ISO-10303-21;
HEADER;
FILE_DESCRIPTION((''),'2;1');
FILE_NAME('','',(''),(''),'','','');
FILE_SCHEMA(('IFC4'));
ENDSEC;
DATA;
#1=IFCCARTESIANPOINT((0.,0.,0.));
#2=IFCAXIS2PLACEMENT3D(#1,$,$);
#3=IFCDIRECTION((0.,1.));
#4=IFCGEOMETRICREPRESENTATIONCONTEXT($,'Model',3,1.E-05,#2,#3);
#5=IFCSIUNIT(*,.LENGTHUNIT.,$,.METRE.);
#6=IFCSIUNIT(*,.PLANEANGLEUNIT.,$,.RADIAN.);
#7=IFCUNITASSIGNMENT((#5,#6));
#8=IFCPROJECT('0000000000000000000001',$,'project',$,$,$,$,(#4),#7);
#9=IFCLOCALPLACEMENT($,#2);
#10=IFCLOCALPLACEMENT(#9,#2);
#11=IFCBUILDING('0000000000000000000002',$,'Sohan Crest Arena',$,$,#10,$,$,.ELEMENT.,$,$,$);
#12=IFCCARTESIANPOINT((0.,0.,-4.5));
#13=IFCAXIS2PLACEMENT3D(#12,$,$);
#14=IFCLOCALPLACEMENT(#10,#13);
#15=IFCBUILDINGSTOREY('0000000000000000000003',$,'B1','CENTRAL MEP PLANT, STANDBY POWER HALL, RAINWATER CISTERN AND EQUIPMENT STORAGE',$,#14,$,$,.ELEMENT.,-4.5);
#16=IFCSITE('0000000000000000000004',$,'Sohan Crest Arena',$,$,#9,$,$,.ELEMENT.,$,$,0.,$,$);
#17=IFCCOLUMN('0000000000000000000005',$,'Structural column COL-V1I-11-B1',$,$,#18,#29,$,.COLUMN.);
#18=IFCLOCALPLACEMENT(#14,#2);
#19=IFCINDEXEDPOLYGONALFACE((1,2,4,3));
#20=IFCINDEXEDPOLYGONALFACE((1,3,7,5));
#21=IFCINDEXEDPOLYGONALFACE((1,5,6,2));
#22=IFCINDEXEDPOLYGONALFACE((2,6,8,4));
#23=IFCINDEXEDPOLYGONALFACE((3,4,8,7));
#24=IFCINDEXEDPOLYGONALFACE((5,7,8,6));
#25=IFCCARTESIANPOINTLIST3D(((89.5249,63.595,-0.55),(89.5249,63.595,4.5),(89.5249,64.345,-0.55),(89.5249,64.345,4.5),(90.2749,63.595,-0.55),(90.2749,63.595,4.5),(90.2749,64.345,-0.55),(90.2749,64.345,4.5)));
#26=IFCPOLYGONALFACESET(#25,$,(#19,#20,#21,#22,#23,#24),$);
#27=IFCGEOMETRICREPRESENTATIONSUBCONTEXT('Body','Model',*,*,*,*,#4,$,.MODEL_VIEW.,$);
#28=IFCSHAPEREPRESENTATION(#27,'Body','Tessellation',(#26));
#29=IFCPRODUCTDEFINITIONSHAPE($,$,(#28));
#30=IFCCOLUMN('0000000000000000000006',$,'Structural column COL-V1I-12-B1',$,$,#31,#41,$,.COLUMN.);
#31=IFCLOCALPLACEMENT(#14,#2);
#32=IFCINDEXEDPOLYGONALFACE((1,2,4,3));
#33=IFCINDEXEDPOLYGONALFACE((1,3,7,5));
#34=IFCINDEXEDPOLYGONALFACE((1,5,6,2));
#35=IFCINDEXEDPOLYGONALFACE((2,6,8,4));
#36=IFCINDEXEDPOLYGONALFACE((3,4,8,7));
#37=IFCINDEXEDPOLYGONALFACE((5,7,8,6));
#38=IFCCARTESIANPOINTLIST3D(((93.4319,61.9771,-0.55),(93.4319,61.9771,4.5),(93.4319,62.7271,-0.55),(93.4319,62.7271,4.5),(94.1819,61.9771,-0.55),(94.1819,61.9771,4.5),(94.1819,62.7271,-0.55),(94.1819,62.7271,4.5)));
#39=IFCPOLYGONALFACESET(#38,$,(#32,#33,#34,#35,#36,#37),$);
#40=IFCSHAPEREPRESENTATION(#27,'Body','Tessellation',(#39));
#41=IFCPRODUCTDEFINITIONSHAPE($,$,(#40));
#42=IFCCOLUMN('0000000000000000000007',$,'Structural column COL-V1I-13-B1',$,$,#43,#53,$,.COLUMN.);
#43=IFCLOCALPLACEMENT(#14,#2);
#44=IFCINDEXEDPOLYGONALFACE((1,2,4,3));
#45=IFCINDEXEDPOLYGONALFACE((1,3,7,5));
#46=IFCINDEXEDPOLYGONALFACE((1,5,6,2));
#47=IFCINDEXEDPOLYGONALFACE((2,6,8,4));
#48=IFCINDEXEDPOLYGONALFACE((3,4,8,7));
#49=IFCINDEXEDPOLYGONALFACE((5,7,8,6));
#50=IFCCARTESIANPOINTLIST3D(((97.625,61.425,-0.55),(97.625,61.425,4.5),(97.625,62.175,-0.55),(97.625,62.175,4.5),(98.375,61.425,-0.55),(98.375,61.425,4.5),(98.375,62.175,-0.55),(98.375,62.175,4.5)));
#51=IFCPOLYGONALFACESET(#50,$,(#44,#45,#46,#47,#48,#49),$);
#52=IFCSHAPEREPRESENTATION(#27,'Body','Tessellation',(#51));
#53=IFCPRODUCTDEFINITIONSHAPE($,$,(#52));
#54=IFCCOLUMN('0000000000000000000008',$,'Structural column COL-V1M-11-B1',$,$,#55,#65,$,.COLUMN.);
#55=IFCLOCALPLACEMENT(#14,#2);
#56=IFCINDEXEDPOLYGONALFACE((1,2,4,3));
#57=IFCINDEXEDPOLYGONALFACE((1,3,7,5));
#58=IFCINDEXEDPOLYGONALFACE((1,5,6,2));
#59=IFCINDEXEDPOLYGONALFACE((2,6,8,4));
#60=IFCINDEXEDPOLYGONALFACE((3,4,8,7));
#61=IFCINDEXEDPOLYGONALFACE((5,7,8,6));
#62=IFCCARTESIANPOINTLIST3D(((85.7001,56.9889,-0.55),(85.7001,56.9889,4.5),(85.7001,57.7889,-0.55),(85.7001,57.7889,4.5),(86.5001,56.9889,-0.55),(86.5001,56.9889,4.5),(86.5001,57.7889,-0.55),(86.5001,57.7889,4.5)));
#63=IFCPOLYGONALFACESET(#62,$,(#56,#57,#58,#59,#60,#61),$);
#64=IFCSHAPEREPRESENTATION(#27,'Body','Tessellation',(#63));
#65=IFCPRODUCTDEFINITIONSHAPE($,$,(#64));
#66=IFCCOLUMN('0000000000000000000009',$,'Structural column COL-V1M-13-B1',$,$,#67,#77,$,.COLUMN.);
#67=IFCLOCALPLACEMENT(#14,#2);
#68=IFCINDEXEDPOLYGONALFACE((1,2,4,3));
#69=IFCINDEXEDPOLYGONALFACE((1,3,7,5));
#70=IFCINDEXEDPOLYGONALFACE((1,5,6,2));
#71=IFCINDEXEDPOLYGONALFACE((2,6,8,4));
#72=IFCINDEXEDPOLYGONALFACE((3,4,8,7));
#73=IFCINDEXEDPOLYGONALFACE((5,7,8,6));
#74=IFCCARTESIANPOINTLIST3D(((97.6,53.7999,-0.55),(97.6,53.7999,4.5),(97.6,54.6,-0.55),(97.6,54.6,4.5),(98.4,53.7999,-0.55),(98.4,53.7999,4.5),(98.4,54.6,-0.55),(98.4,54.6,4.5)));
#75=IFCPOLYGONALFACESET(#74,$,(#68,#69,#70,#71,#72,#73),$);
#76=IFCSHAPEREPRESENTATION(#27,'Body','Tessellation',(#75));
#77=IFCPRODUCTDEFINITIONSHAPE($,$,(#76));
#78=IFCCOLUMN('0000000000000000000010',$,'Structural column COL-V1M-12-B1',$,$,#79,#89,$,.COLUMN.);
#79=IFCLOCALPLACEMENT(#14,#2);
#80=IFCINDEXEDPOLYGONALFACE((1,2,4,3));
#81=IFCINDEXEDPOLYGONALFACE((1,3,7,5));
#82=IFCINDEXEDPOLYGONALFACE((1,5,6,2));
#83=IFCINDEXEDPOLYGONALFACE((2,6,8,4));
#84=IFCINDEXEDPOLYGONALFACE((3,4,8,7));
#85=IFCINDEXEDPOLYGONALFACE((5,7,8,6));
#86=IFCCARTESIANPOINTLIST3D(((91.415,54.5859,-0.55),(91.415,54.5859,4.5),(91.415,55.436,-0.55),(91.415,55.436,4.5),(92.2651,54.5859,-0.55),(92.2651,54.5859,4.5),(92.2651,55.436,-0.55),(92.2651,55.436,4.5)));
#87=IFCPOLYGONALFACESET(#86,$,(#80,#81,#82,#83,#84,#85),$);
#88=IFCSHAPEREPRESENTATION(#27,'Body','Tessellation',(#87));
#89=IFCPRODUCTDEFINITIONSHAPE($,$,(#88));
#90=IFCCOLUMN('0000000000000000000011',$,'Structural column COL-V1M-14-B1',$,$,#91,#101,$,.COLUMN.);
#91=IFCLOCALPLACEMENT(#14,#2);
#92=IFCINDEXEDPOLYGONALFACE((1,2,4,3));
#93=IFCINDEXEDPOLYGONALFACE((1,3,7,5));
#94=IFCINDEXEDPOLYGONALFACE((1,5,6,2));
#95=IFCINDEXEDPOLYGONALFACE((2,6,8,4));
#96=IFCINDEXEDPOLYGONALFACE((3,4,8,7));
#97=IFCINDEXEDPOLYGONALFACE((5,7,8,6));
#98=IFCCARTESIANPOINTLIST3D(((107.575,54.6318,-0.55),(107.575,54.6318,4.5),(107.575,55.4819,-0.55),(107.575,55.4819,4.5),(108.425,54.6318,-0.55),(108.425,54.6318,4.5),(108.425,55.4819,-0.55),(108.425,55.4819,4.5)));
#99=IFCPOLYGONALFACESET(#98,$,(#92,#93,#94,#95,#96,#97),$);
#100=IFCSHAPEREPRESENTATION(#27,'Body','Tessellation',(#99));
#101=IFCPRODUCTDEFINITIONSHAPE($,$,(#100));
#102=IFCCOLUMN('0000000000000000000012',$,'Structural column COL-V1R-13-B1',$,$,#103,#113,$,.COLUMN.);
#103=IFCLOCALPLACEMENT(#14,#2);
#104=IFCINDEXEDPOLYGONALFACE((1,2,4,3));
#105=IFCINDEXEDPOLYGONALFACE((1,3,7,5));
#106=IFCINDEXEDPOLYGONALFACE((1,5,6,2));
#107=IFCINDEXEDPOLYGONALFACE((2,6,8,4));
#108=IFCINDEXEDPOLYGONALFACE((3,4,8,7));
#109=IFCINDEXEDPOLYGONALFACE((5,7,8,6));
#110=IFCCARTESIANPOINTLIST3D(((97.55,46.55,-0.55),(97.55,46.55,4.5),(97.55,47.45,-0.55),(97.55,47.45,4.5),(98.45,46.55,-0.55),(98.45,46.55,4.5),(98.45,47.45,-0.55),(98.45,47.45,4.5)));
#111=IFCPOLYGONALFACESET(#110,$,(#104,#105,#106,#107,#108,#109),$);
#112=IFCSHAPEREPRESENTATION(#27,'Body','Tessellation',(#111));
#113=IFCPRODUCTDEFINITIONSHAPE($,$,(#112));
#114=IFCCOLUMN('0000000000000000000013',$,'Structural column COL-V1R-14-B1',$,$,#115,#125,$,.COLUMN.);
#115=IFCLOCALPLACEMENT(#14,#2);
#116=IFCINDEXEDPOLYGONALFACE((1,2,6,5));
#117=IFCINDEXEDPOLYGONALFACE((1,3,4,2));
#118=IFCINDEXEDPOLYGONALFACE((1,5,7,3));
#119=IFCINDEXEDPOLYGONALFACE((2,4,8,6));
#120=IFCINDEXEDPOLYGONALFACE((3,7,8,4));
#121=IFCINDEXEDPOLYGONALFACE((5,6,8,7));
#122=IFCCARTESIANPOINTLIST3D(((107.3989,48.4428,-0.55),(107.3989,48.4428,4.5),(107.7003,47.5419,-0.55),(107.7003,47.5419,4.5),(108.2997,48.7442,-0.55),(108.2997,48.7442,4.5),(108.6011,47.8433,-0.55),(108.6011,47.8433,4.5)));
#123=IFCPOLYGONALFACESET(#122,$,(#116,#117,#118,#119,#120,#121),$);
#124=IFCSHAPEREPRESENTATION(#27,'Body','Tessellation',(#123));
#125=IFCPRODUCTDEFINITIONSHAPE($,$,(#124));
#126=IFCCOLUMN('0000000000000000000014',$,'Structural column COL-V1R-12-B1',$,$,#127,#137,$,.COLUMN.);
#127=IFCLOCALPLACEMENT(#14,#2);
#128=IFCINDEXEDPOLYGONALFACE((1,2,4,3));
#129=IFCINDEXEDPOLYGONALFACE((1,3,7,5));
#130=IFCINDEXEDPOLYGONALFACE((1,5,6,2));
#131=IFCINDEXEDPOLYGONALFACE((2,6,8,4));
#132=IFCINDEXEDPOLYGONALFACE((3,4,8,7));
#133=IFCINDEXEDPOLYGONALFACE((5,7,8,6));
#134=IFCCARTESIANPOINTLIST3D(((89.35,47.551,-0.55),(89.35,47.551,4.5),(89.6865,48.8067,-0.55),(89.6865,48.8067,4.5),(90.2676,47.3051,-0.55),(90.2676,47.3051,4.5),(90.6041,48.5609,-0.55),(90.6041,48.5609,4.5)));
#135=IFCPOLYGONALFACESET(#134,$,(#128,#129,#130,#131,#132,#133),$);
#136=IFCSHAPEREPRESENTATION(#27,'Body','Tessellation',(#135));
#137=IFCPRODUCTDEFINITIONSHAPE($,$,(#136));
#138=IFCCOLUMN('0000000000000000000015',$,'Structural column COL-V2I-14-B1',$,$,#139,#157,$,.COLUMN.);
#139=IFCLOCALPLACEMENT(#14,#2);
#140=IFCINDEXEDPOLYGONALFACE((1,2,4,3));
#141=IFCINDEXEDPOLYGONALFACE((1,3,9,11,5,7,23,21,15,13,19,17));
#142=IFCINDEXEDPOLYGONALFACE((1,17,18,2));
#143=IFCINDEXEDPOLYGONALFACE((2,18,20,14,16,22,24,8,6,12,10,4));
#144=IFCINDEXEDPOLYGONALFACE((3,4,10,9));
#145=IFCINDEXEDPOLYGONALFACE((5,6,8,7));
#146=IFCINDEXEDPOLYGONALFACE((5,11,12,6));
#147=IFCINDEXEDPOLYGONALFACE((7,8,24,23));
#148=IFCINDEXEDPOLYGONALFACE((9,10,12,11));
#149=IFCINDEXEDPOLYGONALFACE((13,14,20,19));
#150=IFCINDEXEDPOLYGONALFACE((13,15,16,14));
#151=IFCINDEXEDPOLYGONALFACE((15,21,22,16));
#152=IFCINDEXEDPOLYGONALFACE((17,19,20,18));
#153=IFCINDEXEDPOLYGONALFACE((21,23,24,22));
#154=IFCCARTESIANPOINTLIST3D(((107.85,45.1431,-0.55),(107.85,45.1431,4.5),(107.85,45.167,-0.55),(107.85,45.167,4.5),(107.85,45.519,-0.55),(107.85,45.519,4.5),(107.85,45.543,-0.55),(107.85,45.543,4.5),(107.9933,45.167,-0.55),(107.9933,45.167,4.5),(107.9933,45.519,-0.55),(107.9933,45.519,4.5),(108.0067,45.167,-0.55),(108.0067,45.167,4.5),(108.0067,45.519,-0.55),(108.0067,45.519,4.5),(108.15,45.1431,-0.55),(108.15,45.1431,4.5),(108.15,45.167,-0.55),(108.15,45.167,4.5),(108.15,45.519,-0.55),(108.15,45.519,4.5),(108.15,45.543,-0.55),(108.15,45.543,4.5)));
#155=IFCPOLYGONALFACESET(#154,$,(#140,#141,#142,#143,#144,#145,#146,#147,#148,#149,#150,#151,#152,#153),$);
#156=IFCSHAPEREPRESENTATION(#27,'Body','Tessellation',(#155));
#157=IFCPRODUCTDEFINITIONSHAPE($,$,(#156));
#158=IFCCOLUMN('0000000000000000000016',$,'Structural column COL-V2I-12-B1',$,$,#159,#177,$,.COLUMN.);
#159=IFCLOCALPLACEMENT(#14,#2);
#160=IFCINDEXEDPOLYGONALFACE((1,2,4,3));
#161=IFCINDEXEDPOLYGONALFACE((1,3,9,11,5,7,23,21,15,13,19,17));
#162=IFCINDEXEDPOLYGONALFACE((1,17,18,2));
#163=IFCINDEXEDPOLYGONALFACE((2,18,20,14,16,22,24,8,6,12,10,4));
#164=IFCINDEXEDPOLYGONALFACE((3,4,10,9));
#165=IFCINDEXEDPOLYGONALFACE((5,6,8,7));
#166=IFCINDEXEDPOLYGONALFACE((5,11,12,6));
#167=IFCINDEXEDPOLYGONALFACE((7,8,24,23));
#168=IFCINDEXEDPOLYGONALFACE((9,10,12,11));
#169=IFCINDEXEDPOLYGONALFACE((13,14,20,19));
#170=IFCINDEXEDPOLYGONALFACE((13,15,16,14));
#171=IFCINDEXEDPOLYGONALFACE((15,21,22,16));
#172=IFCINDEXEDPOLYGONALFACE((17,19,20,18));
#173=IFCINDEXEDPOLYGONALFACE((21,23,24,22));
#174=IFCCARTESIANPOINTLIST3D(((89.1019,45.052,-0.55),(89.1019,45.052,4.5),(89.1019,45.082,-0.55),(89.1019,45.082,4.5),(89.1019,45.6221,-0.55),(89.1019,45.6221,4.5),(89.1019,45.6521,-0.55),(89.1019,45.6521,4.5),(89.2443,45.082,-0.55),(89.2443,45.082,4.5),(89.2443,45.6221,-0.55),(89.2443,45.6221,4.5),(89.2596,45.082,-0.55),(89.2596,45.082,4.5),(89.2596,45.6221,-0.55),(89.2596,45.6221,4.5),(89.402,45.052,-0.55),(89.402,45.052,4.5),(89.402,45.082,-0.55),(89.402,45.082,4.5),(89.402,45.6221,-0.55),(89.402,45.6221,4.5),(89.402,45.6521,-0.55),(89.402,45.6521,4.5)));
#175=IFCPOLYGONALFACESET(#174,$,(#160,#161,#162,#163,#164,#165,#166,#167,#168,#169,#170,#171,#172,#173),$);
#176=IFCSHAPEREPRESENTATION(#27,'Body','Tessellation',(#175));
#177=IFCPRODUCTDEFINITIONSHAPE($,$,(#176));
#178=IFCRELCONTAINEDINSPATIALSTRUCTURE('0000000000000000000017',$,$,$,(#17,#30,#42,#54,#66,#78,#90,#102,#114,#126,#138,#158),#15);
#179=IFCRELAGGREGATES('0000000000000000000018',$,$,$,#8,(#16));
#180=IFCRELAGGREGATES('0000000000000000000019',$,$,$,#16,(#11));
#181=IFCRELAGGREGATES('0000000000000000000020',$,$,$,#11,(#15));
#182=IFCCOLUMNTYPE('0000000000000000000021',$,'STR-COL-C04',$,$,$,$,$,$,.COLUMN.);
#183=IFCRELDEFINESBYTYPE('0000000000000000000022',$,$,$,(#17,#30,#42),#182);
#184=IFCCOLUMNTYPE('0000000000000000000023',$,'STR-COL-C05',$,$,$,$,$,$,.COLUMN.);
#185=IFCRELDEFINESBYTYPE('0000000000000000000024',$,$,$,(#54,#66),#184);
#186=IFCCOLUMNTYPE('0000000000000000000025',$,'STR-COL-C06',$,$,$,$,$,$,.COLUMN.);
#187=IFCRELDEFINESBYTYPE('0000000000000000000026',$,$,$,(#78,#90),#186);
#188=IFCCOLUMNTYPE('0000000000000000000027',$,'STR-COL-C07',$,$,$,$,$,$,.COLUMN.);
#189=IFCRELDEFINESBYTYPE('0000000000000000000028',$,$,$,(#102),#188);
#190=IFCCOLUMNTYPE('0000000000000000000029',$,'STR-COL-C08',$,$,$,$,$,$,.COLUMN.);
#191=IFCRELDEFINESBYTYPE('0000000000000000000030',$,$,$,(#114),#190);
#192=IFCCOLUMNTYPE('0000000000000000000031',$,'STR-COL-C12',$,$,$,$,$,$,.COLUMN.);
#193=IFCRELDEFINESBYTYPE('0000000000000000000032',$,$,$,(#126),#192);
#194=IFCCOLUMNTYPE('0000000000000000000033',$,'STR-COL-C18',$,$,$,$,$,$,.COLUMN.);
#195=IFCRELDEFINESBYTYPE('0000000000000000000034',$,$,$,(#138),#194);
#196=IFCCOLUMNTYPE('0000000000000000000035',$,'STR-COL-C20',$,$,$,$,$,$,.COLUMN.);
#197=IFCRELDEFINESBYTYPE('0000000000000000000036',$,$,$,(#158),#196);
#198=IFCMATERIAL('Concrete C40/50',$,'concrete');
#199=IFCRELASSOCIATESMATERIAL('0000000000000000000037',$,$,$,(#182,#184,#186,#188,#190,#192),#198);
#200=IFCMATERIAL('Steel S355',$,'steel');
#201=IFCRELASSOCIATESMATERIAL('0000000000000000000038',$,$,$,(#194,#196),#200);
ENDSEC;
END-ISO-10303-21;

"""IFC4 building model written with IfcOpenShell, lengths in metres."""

from ifc_helpers import new_model, si_unit, direction, frame, origin, origin_2d, place, context, subcontext, project, spatial, rectangle, i_section, extrude, material, material_profile, profile_set, type_object, element, save


model = new_model("IFC4")

# Units and contexts
model_context = context("Model", 3, precision=1e-05, world=origin(), true_north=direction((0.0, 1.0)))
body_context = subcontext(model_context, "Body", "Model", "MODEL_VIEW")
ifc_project = project(units=[si_unit("LENGTHUNIT", "METRE"), si_unit("PLANEANGLEUNIT", "RADIAN")], contexts=[model_context])

# Site, building, storey
site_placement = place(None, origin())
site = spatial("IfcSite", under=ifc_project, at=site_placement, Name="Sohan Crest Arena", CompositionType="ELEMENT", RefElevation=0.0)
building_placement = place(site_placement, origin())
building = spatial("IfcBuilding", under=site, at=building_placement, Name="Sohan Crest Arena", CompositionType="ELEMENT")
storey_placement = place(building_placement, frame((0.0, 0.0, -4.5)))
storey = spatial("IfcBuildingStorey", under=building, at=storey_placement, Name="B1", Description="CENTRAL MEP PLANT, STANDBY POWER HALL, RAINWATER CISTERN AND EQUIPMENT STORAGE", CompositionType="ELEMENT", Elevation=-4.5)

# Shared definitions
ifc_material_1 = material(Name="Concrete C40/50", Category="concrete")

# Columns
ifc_material_profile_1 = material_profile(ifc_material_1, rectangle(XDim=0.75, YDim=0.75, at=origin_2d()), Name="RC 750x750")
ifc_profile_set_1 = profile_set([ifc_material_profile_1], Name="Concrete C40/50")
column_type_1 = type_object("IfcColumnType", Name="STR-COL-C04", PredefinedType="COLUMN", material=ifc_profile_set_1)
for number, where, z_axis, x_axis, name in (
    (1, (89.8999, 63.97, -0.55), (0.0, 0.0, 1.0), (1.0, 0.0, 0.0), "Structural column COL-V1I-11-B1"),
    (2, (93.8069, 62.3521, -0.55), (0.0, 0.0, 1.0), (1.0, 0.0, 0.0), "Structural column COL-V1I-12-B1"),
    (3, (98.0, 61.8, -0.55), (0.0, 0.0, 1.0), (1.0, 0.0, 0.0), "Structural column COL-V1I-13-B1"),
):
    element("IfcColumn", number, at=place(storey_placement, frame(where, z_axis=z_axis, x_axis=x_axis)), inside=storey, type_object=column_type_1, Name=name, PredefinedType="COLUMN", context=body_context, shape_type="SweptSolid", body=[
        extrude(rectangle(XDim=0.75, YDim=0.75, at=origin_2d()), origin(), (0.0, 0.0, 1.0), 5.05),
    ])
ifc_material_profile_2 = material_profile(ifc_material_1, rectangle(XDim=0.8, YDim=0.8, at=origin_2d()), Name="RC 800x800")
ifc_profile_set_2 = profile_set([ifc_material_profile_2], Name="Concrete C40/50")
column_type_2 = type_object("IfcColumnType", Name="STR-COL-C05", PredefinedType="COLUMN", material=ifc_profile_set_2)
for number, where, z_axis, x_axis, name in (
    (4, (86.1001, 57.3889, -0.55), (0.0, 0.0, 1.0), (1.0, 0.0, 0.0), "Structural column COL-V1M-11-B1"),
    (5, (98.0, 54.2, -0.55), (0.0, 0.0, 1.0), (1.0, 0.0, 0.0), "Structural column COL-V1M-13-B1"),
):
    element("IfcColumn", number, at=place(storey_placement, frame(where, z_axis=z_axis, x_axis=x_axis)), inside=storey, type_object=column_type_2, Name=name, PredefinedType="COLUMN", context=body_context, shape_type="SweptSolid", body=[
        extrude(rectangle(XDim=0.8, YDim=0.8, at=origin_2d()), origin(), (0.0, 0.0, 1.0), 5.05),
    ])
ifc_material_profile_3 = material_profile(ifc_material_1, rectangle(XDim=0.8501, YDim=0.8501, at=origin_2d()), Name="RC 850x850")
ifc_profile_set_3 = profile_set([ifc_material_profile_3], Name="Concrete C40/50")
column_type_3 = type_object("IfcColumnType", Name="STR-COL-C06", PredefinedType="COLUMN", material=ifc_profile_set_3)
for number, where, z_axis, x_axis, name in (
    (6, (91.8401, 55.011, -0.55), (0.0, 0.0, 1.0), (1.0, 0.0, 0.0), "Structural column COL-V1M-12-B1"),
    (7, (108.0, 55.0569, -0.55), (0.0, 0.0, 1.0), (1.0, 0.0, 0.0), "Structural column COL-V1M-14-B1"),
):
    element("IfcColumn", number, at=place(storey_placement, frame(where, z_axis=z_axis, x_axis=x_axis)), inside=storey, type_object=column_type_3, Name=name, PredefinedType="COLUMN", context=body_context, shape_type="SweptSolid", body=[
        extrude(rectangle(XDim=0.8501, YDim=0.8501, at=origin_2d()), origin(), (0.0, 0.0, 1.0), 5.05),
    ])
ifc_material_profile_4 = material_profile(ifc_material_1, rectangle(XDim=0.8999, YDim=0.8999, at=origin_2d()), Name="RC 900x900")
ifc_profile_set_4 = profile_set([ifc_material_profile_4], Name="Concrete C40/50")
column_type_4 = type_object("IfcColumnType", Name="STR-COL-C07", PredefinedType="COLUMN", material=ifc_profile_set_4)
column_1_placement = place(storey_placement, frame((98.0, 47.0, -0.55), z_axis=(0.0, 0.0, 1.0), x_axis=(0.0, 1.0, 0.0)))
element("IfcColumn", 8, at=column_1_placement, inside=storey, type_object=column_type_4, Name="Structural column COL-V1R-13-B1", PredefinedType="COLUMN", context=body_context, shape_type="SweptSolid", body=[
    extrude(rectangle(XDim=0.8999, YDim=0.8999, at=origin_2d()), origin(), (0.0, 0.0, 1.0), 5.05),
])
ifc_material_profile_5 = material_profile(ifc_material_1, rectangle(XDim=0.95, YDim=0.95, at=origin_2d()), Name="RC 950x950")
ifc_profile_set_5 = profile_set([ifc_material_profile_5], Name="Concrete C40/50")
column_type_5 = type_object("IfcColumnType", Name="STR-COL-C08", PredefinedType="COLUMN", material=ifc_profile_set_5)
column_2_placement = place(storey_placement, frame((108.0, 48.1431, -0.55), z_axis=(0.0, 0.0, 1.0), x_axis=(-0.317305, 0.948324, 0.0)))
element("IfcColumn", 9, at=column_2_placement, inside=storey, type_object=column_type_5, Name="Structural column COL-V1R-14-B1", PredefinedType="COLUMN", context=body_context, shape_type="SweptSolid", body=[
    extrude(rectangle(XDim=0.95, YDim=0.95, at=origin_2d()), origin(), (0.0, 0.0, 1.0), 5.05),
])
ifc_material_profile_6 = material_profile(ifc_material_1, rectangle(XDim=1.3, YDim=0.95, at=origin_2d()), Name="RC 1300x950")
ifc_profile_set_6 = profile_set([ifc_material_profile_6], Name="Concrete C40/50")
column_type_6 = type_object("IfcColumnType", Name="STR-COL-C12", PredefinedType="COLUMN", material=ifc_profile_set_6)
column_3_placement = place(storey_placement, frame((89.9771, 48.0559, -0.55), z_axis=(0.0, 0.0, 1.0), x_axis=(0.258819, 0.965926, 0.0)))
element("IfcColumn", 10, at=column_3_placement, inside=storey, type_object=column_type_6, Name="Structural column COL-V1R-12-B1", PredefinedType="COLUMN", context=body_context, shape_type="SweptSolid", body=[
    extrude(rectangle(XDim=1.3, YDim=0.95, at=origin_2d()), origin(), (0.0, 0.0, 1.0), 5.05),
])
ifc_material_2 = material(Name="Steel S355", Category="steel")
ifc_material_profile_7 = material_profile(ifc_material_2, i_section(OverallWidth=0.3, OverallDepth=0.3999, WebThickness=0.0134, FlangeThickness=0.0239, at=origin_2d()), Name="HEB 400")
ifc_profile_set_7 = profile_set([ifc_material_profile_7], Name="Steel S355")
column_type_7 = type_object("IfcColumnType", Name="STR-COL-C18", PredefinedType="COLUMN", material=ifc_profile_set_7)
column_4_placement = place(storey_placement, frame((108.0, 45.343, -0.55), z_axis=(0.0, 0.0, 1.0), x_axis=(1.0, 0.0, 0.0)))
element("IfcColumn", 11, at=column_4_placement, inside=storey, type_object=column_type_7, Name="Structural column COL-V2I-14-B1", PredefinedType="COLUMN", context=body_context, shape_type="SweptSolid", body=[
    extrude(i_section(OverallWidth=0.3, OverallDepth=0.3999, WebThickness=0.0134, FlangeThickness=0.0239, at=origin_2d()), origin(), (0.0, 0.0, 1.0), 5.05),
])
ifc_material_profile_8 = material_profile(ifc_material_2, i_section(OverallWidth=0.3, OverallDepth=0.6001, WebThickness=0.0154, FlangeThickness=0.03, at=origin_2d()), Name="HEB 600")
ifc_profile_set_8 = profile_set([ifc_material_profile_8], Name="Steel S355")
column_type_8 = type_object("IfcColumnType", Name="STR-COL-C20", PredefinedType="COLUMN", material=ifc_profile_set_8)
column_5_placement = place(storey_placement, frame((89.252, 45.3521, -0.55), z_axis=(0.0, 0.0, 1.0), x_axis=(1.0, 0.0, 0.0)))
element("IfcColumn", 12, at=column_5_placement, inside=storey, type_object=column_type_8, Name="Structural column COL-V2I-12-B1", PredefinedType="COLUMN", context=body_context, shape_type="SweptSolid", body=[
    extrude(i_section(OverallWidth=0.3, OverallDepth=0.6001, WebThickness=0.0154, FlangeThickness=0.03, at=origin_2d()), origin(), (0.0, 0.0, 1.0), 5.05),
])

save(model, "model.ifc")
